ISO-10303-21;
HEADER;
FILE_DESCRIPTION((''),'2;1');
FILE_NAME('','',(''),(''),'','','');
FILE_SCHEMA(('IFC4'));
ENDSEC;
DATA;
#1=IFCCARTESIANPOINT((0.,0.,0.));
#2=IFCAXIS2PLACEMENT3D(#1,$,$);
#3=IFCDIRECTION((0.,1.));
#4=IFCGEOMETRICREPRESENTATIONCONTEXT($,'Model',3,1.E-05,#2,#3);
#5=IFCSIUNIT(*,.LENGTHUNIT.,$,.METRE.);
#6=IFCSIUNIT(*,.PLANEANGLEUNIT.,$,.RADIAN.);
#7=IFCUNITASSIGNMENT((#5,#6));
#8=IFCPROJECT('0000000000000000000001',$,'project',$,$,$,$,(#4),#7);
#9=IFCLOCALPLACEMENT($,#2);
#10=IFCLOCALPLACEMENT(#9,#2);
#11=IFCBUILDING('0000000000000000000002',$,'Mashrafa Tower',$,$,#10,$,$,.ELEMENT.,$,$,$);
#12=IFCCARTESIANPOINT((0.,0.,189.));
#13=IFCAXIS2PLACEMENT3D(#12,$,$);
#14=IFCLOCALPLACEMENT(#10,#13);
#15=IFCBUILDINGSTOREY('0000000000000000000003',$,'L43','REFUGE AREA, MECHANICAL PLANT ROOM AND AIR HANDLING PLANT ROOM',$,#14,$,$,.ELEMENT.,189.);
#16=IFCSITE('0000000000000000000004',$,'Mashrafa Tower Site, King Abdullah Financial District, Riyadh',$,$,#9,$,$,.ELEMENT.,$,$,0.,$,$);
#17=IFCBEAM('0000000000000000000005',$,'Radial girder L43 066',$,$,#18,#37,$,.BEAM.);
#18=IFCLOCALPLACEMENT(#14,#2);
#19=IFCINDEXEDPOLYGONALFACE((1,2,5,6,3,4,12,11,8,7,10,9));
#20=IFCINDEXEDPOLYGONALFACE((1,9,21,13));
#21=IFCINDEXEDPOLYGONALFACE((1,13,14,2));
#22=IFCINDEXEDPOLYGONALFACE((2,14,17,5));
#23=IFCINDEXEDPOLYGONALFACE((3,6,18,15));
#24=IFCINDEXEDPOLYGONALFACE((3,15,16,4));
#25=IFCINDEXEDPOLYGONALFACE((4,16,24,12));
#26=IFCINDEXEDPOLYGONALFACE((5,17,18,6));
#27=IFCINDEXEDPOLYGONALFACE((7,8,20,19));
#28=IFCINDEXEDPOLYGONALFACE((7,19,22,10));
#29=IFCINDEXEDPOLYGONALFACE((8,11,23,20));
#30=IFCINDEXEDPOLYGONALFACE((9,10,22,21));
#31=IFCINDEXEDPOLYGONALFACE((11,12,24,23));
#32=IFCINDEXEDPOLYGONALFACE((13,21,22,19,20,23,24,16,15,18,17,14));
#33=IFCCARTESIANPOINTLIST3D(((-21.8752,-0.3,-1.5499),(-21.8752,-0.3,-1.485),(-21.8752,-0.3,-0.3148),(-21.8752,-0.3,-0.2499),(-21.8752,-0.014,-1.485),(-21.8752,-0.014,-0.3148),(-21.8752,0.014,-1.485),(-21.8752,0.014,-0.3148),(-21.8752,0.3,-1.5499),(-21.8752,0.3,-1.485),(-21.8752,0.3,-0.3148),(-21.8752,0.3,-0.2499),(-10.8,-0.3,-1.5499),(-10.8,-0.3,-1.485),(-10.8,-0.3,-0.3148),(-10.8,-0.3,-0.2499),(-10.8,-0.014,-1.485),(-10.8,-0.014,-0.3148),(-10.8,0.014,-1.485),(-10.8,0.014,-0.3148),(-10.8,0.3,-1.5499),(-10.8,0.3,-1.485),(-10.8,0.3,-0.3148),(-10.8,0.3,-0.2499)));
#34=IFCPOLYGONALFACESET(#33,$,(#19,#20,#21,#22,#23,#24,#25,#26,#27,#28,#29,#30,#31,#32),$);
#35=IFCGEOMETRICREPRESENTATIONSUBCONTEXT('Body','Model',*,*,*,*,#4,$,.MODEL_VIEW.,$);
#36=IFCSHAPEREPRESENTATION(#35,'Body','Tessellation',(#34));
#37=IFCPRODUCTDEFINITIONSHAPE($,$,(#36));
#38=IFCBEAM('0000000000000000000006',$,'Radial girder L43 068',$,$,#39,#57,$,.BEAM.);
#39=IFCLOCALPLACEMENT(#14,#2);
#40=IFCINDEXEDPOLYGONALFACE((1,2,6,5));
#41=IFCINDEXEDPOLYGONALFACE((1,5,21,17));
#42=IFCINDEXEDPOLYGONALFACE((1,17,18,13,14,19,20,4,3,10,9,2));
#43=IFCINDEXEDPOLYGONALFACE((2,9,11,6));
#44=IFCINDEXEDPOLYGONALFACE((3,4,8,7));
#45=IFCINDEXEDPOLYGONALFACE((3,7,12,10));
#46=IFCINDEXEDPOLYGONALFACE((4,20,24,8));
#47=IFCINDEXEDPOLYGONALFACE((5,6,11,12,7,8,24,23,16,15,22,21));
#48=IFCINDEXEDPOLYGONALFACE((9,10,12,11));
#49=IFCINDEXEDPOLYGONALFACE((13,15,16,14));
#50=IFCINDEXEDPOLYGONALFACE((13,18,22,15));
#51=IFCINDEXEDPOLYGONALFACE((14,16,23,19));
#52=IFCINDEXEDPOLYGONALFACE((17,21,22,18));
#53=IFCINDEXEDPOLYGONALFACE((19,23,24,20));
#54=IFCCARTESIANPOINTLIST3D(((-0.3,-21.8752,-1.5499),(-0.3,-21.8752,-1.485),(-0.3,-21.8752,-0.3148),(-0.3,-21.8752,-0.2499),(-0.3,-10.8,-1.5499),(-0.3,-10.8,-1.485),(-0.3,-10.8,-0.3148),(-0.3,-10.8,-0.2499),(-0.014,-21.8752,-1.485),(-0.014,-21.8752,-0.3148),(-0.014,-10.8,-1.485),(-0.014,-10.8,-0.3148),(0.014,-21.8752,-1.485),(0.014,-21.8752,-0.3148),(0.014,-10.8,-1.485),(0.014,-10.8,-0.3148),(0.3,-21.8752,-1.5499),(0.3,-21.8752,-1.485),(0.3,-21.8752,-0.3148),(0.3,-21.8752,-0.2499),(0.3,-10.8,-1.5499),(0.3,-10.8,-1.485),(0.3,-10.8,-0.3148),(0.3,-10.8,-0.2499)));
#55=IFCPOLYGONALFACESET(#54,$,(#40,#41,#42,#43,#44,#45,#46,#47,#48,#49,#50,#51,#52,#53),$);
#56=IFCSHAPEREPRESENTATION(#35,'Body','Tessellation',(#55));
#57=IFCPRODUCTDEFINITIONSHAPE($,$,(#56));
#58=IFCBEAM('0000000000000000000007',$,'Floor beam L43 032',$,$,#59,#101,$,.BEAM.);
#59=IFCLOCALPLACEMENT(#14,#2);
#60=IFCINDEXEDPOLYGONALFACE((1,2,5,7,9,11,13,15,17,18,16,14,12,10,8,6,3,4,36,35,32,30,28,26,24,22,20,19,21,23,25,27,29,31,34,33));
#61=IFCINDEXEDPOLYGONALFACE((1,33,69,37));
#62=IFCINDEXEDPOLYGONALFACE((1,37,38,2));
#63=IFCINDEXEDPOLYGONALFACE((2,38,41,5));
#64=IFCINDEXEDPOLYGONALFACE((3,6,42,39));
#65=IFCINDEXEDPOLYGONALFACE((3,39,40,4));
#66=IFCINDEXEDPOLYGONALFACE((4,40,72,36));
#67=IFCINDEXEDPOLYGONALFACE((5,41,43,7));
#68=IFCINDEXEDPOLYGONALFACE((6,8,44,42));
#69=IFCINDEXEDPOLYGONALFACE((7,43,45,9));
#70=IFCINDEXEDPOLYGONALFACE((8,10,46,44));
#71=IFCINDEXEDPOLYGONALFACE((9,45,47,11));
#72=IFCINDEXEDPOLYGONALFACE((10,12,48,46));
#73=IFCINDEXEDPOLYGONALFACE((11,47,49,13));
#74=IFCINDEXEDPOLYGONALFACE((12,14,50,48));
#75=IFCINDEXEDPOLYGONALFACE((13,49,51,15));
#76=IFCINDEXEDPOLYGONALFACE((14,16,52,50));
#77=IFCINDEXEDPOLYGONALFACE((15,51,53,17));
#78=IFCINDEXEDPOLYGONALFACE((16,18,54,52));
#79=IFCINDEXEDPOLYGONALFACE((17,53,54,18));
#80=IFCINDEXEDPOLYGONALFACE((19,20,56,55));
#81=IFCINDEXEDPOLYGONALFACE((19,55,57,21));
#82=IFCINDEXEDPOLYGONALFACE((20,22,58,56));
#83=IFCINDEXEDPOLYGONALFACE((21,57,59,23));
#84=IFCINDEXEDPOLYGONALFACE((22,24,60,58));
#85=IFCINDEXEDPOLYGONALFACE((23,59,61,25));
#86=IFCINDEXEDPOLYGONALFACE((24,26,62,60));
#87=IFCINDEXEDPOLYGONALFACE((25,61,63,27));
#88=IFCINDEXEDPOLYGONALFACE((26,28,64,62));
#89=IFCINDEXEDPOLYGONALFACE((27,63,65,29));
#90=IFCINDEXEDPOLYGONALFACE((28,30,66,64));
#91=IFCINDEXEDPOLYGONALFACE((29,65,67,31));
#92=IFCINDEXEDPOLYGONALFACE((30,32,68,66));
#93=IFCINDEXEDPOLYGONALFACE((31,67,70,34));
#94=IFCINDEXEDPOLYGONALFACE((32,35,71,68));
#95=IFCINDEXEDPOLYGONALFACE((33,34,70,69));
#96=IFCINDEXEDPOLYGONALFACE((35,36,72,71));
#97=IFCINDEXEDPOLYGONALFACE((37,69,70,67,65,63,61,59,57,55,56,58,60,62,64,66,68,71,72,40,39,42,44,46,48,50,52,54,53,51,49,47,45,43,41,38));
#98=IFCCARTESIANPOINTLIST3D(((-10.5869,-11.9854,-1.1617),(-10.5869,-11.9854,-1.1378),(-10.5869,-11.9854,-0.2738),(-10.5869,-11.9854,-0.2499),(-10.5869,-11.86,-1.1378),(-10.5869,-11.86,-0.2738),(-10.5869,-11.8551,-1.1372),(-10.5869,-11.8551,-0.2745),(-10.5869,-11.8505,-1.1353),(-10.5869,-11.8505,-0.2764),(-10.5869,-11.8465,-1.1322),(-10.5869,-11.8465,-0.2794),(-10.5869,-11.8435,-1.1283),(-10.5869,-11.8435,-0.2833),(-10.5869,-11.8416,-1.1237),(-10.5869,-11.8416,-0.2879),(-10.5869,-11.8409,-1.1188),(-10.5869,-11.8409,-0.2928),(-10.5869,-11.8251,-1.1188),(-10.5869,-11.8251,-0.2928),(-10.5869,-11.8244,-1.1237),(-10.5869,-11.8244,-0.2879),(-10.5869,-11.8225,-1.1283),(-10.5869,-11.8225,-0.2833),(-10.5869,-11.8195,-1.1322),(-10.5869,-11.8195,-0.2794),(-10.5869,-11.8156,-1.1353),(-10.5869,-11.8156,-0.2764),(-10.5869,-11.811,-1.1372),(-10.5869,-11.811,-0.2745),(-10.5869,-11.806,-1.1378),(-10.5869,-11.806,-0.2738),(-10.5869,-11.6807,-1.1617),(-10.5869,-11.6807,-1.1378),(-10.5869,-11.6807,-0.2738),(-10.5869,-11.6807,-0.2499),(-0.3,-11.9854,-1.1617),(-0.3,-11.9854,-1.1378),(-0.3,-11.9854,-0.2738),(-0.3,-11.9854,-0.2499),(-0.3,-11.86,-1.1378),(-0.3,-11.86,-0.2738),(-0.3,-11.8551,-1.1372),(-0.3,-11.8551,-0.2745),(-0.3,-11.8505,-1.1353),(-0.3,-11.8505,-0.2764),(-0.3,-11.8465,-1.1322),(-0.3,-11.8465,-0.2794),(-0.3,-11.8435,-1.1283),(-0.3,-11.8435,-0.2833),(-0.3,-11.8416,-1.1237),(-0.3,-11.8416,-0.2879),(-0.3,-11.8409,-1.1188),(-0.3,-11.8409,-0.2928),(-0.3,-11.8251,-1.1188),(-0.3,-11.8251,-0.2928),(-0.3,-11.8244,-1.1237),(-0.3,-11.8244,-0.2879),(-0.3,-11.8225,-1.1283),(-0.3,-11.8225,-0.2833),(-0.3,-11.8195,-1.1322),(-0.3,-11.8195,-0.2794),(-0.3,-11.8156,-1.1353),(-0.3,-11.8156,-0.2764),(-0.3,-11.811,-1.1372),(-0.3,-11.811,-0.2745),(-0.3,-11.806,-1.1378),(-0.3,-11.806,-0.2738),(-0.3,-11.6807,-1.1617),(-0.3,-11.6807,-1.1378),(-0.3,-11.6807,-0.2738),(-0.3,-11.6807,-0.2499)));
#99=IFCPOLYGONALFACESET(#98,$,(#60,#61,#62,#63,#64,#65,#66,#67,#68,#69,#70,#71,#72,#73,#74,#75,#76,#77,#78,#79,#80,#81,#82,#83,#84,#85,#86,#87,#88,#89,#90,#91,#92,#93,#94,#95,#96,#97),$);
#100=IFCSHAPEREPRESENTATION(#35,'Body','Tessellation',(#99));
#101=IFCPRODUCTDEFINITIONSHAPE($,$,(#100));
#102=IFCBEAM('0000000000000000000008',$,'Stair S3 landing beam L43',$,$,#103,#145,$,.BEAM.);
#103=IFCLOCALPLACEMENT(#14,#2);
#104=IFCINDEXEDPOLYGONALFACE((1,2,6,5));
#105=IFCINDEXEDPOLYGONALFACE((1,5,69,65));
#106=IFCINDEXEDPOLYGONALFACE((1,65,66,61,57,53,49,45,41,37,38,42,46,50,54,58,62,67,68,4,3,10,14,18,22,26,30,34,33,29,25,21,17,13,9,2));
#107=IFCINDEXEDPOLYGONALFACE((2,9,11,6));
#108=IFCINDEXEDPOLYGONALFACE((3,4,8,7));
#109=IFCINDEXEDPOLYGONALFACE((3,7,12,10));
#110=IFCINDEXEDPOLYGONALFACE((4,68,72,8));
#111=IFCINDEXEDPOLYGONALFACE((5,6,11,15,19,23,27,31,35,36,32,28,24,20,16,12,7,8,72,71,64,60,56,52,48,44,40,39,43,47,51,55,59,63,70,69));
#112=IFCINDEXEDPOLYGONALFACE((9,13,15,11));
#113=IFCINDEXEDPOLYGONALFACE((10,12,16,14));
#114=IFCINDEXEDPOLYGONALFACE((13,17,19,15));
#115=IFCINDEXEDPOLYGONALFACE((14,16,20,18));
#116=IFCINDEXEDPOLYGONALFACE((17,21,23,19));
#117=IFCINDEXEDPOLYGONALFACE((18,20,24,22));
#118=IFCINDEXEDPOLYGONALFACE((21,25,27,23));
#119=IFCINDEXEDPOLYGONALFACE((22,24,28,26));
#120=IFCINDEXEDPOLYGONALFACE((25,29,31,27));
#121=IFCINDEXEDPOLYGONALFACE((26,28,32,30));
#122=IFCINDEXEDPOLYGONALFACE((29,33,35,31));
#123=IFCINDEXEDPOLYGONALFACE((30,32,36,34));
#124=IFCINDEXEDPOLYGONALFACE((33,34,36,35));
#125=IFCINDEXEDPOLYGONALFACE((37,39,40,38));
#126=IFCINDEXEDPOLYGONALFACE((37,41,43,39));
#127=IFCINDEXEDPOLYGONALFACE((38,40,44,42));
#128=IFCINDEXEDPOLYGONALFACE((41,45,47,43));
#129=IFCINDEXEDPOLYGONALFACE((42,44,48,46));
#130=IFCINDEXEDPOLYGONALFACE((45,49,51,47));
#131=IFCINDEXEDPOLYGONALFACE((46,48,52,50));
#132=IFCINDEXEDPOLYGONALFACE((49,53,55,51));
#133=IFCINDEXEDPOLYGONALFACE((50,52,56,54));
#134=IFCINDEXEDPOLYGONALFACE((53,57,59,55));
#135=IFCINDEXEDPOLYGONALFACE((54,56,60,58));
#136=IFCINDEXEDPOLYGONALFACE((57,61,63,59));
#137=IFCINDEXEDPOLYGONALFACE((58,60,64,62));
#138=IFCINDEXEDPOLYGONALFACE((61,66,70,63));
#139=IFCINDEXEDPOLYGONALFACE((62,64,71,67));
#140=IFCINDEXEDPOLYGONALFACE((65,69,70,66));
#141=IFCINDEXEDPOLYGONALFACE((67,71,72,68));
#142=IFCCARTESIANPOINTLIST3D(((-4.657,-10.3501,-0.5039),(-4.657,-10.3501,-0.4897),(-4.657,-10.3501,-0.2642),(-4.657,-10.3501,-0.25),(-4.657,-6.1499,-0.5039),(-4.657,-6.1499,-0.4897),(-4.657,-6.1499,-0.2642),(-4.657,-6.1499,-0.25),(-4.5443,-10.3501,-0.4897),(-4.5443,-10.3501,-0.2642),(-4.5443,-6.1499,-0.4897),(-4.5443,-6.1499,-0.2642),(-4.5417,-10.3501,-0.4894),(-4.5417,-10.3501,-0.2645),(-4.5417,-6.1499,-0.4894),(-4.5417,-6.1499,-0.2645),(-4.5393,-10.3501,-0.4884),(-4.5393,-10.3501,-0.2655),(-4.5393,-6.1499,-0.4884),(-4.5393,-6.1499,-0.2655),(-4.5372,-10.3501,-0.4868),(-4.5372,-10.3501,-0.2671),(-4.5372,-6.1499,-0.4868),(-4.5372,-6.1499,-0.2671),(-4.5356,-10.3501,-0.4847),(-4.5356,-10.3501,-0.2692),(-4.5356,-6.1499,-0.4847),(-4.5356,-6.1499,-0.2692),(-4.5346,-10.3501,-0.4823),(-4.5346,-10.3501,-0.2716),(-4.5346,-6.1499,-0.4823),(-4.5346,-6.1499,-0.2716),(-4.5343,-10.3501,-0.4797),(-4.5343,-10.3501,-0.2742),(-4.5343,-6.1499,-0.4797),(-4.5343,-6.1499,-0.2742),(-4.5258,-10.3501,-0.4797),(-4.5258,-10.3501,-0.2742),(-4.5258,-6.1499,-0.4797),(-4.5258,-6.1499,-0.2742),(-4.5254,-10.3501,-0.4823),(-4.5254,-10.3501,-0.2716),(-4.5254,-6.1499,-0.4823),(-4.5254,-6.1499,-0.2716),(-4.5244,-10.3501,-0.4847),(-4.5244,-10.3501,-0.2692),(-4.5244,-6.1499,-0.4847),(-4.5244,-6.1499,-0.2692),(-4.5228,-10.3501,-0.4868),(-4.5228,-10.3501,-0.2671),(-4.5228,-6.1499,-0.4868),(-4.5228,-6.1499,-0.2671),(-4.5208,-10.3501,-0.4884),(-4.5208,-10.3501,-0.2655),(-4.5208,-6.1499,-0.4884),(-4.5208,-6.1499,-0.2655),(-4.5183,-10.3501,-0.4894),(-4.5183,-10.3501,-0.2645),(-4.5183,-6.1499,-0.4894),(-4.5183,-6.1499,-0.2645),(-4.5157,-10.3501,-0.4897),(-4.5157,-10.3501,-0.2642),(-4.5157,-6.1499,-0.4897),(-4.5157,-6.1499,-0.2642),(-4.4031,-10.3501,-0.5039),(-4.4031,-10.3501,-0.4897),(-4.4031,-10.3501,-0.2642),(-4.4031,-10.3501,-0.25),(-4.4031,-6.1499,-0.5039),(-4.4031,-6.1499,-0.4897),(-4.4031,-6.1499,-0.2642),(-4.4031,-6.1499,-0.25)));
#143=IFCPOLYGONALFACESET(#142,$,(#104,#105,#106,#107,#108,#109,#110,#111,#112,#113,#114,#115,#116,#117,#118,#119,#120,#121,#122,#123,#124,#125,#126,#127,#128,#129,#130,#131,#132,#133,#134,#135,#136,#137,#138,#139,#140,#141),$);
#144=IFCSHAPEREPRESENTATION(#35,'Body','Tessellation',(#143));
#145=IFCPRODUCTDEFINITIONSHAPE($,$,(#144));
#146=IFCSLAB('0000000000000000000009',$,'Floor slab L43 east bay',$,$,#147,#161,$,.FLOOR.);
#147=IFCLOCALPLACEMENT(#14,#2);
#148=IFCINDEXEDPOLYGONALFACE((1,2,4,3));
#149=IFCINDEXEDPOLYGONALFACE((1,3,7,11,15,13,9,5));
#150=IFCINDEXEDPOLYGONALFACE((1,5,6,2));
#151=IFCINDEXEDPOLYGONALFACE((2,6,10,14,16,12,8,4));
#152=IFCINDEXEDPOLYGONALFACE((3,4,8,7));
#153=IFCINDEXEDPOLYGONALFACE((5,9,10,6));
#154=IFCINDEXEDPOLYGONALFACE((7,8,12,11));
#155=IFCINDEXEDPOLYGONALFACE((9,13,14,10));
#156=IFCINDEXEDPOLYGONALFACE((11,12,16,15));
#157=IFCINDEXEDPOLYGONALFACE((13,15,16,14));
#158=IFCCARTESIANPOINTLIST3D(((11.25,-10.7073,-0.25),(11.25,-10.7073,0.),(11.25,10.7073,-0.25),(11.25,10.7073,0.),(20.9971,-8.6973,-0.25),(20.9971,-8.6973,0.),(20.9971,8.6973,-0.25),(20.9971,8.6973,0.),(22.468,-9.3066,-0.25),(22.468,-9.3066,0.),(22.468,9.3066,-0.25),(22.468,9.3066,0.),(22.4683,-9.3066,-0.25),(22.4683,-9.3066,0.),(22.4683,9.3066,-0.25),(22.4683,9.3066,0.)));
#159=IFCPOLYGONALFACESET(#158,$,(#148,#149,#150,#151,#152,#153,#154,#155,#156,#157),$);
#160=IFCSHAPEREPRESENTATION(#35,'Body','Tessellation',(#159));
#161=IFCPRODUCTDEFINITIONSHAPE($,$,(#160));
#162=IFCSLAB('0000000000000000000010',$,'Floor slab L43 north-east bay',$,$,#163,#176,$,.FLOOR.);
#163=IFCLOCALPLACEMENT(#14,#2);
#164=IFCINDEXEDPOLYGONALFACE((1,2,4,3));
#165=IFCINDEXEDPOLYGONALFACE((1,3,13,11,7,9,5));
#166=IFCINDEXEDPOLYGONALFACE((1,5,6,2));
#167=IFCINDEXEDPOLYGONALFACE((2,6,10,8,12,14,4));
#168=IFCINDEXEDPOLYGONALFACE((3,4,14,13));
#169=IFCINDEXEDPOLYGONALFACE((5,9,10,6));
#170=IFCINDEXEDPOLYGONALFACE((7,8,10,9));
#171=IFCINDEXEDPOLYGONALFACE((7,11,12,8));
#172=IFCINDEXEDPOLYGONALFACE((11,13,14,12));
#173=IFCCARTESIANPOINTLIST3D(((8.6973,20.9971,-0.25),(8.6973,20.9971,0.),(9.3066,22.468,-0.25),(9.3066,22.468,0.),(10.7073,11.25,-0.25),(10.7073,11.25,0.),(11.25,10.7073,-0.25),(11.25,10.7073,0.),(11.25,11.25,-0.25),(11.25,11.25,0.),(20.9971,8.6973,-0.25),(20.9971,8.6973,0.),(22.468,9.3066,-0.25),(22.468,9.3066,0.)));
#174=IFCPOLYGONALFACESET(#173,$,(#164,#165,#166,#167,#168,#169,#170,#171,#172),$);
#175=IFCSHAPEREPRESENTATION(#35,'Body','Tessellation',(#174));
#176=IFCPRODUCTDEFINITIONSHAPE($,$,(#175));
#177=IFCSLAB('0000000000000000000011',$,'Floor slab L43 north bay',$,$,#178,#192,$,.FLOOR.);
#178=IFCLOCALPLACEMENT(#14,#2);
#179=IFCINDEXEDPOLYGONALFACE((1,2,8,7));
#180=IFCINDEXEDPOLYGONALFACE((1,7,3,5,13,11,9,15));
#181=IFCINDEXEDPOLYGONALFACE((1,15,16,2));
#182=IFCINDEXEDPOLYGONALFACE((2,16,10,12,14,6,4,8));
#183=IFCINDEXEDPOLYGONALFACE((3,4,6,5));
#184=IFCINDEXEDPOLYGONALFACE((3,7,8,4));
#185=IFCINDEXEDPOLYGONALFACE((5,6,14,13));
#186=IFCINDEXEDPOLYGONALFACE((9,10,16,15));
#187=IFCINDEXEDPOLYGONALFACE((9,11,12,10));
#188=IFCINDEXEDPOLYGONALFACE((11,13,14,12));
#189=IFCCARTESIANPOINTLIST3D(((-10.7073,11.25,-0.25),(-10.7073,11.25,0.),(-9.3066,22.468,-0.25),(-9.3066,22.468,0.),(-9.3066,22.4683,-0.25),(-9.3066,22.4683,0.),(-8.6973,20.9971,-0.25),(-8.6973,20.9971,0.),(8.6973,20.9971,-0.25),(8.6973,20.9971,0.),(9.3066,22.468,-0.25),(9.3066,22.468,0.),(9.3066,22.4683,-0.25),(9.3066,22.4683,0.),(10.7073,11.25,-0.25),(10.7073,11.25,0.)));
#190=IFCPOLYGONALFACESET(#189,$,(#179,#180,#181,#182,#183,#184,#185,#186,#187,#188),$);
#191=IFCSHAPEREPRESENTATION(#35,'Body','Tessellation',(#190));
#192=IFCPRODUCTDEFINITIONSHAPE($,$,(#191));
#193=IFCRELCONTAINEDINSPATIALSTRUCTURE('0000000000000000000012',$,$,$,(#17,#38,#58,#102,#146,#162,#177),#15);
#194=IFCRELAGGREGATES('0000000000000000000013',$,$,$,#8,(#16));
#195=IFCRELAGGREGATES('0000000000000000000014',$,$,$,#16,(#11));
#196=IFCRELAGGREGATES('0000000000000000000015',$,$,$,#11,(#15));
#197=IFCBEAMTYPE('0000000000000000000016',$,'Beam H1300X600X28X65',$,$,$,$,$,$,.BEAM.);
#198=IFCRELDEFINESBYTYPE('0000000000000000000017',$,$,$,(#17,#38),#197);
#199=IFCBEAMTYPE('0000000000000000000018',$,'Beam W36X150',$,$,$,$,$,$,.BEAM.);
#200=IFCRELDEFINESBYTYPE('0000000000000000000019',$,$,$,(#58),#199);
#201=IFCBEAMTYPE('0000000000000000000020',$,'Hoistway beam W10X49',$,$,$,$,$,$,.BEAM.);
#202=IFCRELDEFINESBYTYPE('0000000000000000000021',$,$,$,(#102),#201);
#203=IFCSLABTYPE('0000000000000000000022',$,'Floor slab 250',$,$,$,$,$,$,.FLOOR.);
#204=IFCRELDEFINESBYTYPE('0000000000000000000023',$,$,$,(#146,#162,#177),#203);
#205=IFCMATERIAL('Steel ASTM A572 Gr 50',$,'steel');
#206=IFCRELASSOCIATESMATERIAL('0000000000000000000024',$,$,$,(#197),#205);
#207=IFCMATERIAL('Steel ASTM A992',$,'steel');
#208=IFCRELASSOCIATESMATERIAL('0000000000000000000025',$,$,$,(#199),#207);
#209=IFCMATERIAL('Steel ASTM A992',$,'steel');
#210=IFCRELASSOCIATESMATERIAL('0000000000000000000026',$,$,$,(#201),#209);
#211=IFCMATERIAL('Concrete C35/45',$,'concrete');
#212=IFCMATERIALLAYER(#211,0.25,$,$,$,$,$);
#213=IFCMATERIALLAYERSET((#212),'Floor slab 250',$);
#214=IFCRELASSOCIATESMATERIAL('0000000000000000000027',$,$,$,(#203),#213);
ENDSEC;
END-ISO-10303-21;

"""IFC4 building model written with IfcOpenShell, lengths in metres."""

from ifc_helpers import new_model, si_unit, direction, frame, origin, origin_2d, place, context, subcontext, project, spatial, polyline, i_section, outline, extrude, material, layer, layer_set, material_profile, profile_set, type_object, element, save


model = new_model("IFC4")

# Units and contexts
model_context = context("Model", 3, precision=1e-05, world=origin(), true_north=direction((0.0, 1.0)))
body_context = subcontext(model_context, "Body", "Model", "MODEL_VIEW")
ifc_project = project(units=[si_unit("LENGTHUNIT", "METRE"), si_unit("PLANEANGLEUNIT", "RADIAN")], contexts=[model_context])

# Site, building, storey
site_placement = place(None, origin())
site = spatial("IfcSite", under=ifc_project, at=site_placement, Name="Mashrafa Tower Site, King Abdullah Financial District, Riyadh", CompositionType="ELEMENT", RefElevation=0.0)
building_placement = place(site_placement, origin())
building = spatial("IfcBuilding", under=site, at=building_placement, Name="Mashrafa Tower", CompositionType="ELEMENT")
storey_placement = place(building_placement, frame((0.0, 0.0, 189.0)))
storey = spatial("IfcBuildingStorey", under=building, at=storey_placement, Name="L43", Description="REFUGE AREA, MECHANICAL PLANT ROOM AND AIR HANDLING PLANT ROOM", CompositionType="ELEMENT", Elevation=189.0)

# Beams
ifc_material_1 = material(Name="Steel ASTM A572 Gr 50", Category="steel")
ifc_material_profile_1 = material_profile(ifc_material_1, i_section(OverallWidth=0.6001, OverallDepth=1.3, WebThickness=0.0281, FlangeThickness=0.0649, at=origin_2d()), Name="H1300X600X28X65")
ifc_profile_set_1 = profile_set([ifc_material_profile_1], Name="Steel ASTM A572 Gr 50")
beam_type_1 = type_object("IfcBeamType", Name="Beam H1300X600X28X65", PredefinedType="BEAM", material=ifc_profile_set_1)
for number, where, z_axis, x_axis, name in (
    (1, (-10.8, 0.0, -0.8999), (-1.0, 0.0, 0.0), (0.0, -1.0, 0.0), "Radial girder L43 066"),
    (2, (0.0, -10.8, -0.8999), (0.0, -1.0, 0.0), (1.0, 0.0, 0.0), "Radial girder L43 068"),
):
    element("IfcBeam", number, at=place(storey_placement, frame(where, z_axis=z_axis, x_axis=x_axis)), inside=storey, type_object=beam_type_1, Name=name, PredefinedType="BEAM", context=body_context, shape_type="SweptSolid", body=[
        extrude(i_section(OverallWidth=0.6001, OverallDepth=1.3, WebThickness=0.0281, FlangeThickness=0.0649, at=origin_2d()), origin(), (0.0, 0.0, 1.0), 11.0752),
    ])
ifc_material_2 = material(Name="Steel ASTM A992", Category="steel")
ifc_material_profile_2 = material_profile(ifc_material_2, i_section(OverallWidth=0.3047, OverallDepth=0.9119, WebThickness=0.0159, FlangeThickness=0.0239, FilletRadius=0.019, at=origin_2d()), Name="W36X150")
ifc_profile_set_2 = profile_set([ifc_material_profile_2], Name="Steel ASTM A992")
beam_type_2 = type_object("IfcBeamType", Name="Beam W36X150", PredefinedType="BEAM", material=ifc_profile_set_2)
beam_1_placement = place(storey_placement, frame((-0.3, -11.833, -0.7058), z_axis=(-1.0, 0.0, 0.0), x_axis=(0.0, -1.0, 0.0)))
element("IfcBeam", 3, at=beam_1_placement, inside=storey, type_object=beam_type_2, Name="Floor beam L43 032", PredefinedType="BEAM", context=body_context, shape_type="SweptSolid", body=[
    extrude(i_section(OverallWidth=0.3047, OverallDepth=0.9119, WebThickness=0.0159, FlangeThickness=0.0239, FilletRadius=0.019, at=origin_2d()), origin(), (0.0, 0.0, 1.0), 10.2869),
])
ifc_material_3 = material(Name="Steel ASTM A992", Category="steel")
ifc_material_profile_3 = material_profile(ifc_material_3, i_section(OverallWidth=0.2539, OverallDepth=0.2539, WebThickness=0.0085, FlangeThickness=0.0142, FilletRadius=0.01, at=origin_2d()), Name="W10X49")
ifc_profile_set_3 = profile_set([ifc_material_profile_3], Name="Steel ASTM A992")
beam_type_3 = type_object("IfcBeamType", Name="Hoistway beam W10X49", PredefinedType="BEAM", material=ifc_profile_set_3)
beam_2_placement = place(storey_placement, frame((-4.53, -10.3501, -0.377), z_axis=(0.0, 1.0, 0.0), x_axis=(-1.0, 0.0, 0.0)))
element("IfcBeam", 4, at=beam_2_placement, inside=storey, type_object=beam_type_3, Name="Stair S3 landing beam L43", PredefinedType="BEAM", context=body_context, shape_type="SweptSolid", body=[
    extrude(i_section(OverallWidth=0.2539, OverallDepth=0.2539, WebThickness=0.0085, FlangeThickness=0.0142, FilletRadius=0.01, at=origin_2d()), origin(), (0.0, 0.0, 1.0), 4.2002),
])

# Slabs
ifc_material_4 = material(Name="Concrete C35/45", Category="concrete")
ifc_layer_1 = layer(ifc_material_4, 0.25)
ifc_layer_set_1 = layer_set([ifc_layer_1], Name="Floor slab 250")
slab_type = type_object("IfcSlabType", Name="Floor slab 250", PredefinedType="FLOOR", material=ifc_layer_set_1)
slab_1_placement = place(storey_placement, frame((0.0, 0.0, -0.25)))
element("IfcSlab", 5, at=slab_1_placement, inside=storey, type_object=slab_type, Name="Floor slab L43 east bay", PredefinedType="FLOOR", context=body_context, shape_type="SweptSolid", body=[
    extrude(outline(polyline([(22.4683, 9.3066), (22.4683, -9.3066), (22.468, -9.3066), (20.9971, -8.6973), (11.25, -10.7073), (11.25, 10.7073), (20.9971, 8.6973), (22.468, 9.3066), (22.4683, 9.3066)])), origin(), (0.0, 0.0, 1.0), 0.25),
])
slab_2_placement = place(storey_placement, frame((0.0, 0.0, -0.25)))
element("IfcSlab", 6, at=slab_2_placement, inside=storey, type_object=slab_type, Name="Floor slab L43 north-east bay", PredefinedType="FLOOR", context=body_context, shape_type="SweptSolid", body=[
    extrude(outline(polyline([(22.468, 9.3066), (20.9971, 8.6973), (11.25, 10.7073), (11.25, 11.25), (10.7073, 11.25), (8.6973, 20.9971), (9.3066, 22.468), (22.468, 9.3066)])), origin(), (0.0, 0.0, 1.0), 0.25),
])
slab_3_placement = place(storey_placement, frame((0.0, 0.0, -0.25)))
element("IfcSlab", 7, at=slab_3_placement, inside=storey, type_object=slab_type, Name="Floor slab L43 north bay", PredefinedType="FLOOR", context=body_context, shape_type="SweptSolid", body=[
    extrude(outline(polyline([(-9.3066, 22.4683), (9.3066, 22.4683), (9.3066, 22.468), (8.6973, 20.9971), (10.7073, 11.25), (-10.7073, 11.25), (-8.6973, 20.9971), (-9.3066, 22.468), (-9.3066, 22.4683)])), origin(), (0.0, 0.0, 1.0), 0.25),
])

save(model, "model.ifc")
